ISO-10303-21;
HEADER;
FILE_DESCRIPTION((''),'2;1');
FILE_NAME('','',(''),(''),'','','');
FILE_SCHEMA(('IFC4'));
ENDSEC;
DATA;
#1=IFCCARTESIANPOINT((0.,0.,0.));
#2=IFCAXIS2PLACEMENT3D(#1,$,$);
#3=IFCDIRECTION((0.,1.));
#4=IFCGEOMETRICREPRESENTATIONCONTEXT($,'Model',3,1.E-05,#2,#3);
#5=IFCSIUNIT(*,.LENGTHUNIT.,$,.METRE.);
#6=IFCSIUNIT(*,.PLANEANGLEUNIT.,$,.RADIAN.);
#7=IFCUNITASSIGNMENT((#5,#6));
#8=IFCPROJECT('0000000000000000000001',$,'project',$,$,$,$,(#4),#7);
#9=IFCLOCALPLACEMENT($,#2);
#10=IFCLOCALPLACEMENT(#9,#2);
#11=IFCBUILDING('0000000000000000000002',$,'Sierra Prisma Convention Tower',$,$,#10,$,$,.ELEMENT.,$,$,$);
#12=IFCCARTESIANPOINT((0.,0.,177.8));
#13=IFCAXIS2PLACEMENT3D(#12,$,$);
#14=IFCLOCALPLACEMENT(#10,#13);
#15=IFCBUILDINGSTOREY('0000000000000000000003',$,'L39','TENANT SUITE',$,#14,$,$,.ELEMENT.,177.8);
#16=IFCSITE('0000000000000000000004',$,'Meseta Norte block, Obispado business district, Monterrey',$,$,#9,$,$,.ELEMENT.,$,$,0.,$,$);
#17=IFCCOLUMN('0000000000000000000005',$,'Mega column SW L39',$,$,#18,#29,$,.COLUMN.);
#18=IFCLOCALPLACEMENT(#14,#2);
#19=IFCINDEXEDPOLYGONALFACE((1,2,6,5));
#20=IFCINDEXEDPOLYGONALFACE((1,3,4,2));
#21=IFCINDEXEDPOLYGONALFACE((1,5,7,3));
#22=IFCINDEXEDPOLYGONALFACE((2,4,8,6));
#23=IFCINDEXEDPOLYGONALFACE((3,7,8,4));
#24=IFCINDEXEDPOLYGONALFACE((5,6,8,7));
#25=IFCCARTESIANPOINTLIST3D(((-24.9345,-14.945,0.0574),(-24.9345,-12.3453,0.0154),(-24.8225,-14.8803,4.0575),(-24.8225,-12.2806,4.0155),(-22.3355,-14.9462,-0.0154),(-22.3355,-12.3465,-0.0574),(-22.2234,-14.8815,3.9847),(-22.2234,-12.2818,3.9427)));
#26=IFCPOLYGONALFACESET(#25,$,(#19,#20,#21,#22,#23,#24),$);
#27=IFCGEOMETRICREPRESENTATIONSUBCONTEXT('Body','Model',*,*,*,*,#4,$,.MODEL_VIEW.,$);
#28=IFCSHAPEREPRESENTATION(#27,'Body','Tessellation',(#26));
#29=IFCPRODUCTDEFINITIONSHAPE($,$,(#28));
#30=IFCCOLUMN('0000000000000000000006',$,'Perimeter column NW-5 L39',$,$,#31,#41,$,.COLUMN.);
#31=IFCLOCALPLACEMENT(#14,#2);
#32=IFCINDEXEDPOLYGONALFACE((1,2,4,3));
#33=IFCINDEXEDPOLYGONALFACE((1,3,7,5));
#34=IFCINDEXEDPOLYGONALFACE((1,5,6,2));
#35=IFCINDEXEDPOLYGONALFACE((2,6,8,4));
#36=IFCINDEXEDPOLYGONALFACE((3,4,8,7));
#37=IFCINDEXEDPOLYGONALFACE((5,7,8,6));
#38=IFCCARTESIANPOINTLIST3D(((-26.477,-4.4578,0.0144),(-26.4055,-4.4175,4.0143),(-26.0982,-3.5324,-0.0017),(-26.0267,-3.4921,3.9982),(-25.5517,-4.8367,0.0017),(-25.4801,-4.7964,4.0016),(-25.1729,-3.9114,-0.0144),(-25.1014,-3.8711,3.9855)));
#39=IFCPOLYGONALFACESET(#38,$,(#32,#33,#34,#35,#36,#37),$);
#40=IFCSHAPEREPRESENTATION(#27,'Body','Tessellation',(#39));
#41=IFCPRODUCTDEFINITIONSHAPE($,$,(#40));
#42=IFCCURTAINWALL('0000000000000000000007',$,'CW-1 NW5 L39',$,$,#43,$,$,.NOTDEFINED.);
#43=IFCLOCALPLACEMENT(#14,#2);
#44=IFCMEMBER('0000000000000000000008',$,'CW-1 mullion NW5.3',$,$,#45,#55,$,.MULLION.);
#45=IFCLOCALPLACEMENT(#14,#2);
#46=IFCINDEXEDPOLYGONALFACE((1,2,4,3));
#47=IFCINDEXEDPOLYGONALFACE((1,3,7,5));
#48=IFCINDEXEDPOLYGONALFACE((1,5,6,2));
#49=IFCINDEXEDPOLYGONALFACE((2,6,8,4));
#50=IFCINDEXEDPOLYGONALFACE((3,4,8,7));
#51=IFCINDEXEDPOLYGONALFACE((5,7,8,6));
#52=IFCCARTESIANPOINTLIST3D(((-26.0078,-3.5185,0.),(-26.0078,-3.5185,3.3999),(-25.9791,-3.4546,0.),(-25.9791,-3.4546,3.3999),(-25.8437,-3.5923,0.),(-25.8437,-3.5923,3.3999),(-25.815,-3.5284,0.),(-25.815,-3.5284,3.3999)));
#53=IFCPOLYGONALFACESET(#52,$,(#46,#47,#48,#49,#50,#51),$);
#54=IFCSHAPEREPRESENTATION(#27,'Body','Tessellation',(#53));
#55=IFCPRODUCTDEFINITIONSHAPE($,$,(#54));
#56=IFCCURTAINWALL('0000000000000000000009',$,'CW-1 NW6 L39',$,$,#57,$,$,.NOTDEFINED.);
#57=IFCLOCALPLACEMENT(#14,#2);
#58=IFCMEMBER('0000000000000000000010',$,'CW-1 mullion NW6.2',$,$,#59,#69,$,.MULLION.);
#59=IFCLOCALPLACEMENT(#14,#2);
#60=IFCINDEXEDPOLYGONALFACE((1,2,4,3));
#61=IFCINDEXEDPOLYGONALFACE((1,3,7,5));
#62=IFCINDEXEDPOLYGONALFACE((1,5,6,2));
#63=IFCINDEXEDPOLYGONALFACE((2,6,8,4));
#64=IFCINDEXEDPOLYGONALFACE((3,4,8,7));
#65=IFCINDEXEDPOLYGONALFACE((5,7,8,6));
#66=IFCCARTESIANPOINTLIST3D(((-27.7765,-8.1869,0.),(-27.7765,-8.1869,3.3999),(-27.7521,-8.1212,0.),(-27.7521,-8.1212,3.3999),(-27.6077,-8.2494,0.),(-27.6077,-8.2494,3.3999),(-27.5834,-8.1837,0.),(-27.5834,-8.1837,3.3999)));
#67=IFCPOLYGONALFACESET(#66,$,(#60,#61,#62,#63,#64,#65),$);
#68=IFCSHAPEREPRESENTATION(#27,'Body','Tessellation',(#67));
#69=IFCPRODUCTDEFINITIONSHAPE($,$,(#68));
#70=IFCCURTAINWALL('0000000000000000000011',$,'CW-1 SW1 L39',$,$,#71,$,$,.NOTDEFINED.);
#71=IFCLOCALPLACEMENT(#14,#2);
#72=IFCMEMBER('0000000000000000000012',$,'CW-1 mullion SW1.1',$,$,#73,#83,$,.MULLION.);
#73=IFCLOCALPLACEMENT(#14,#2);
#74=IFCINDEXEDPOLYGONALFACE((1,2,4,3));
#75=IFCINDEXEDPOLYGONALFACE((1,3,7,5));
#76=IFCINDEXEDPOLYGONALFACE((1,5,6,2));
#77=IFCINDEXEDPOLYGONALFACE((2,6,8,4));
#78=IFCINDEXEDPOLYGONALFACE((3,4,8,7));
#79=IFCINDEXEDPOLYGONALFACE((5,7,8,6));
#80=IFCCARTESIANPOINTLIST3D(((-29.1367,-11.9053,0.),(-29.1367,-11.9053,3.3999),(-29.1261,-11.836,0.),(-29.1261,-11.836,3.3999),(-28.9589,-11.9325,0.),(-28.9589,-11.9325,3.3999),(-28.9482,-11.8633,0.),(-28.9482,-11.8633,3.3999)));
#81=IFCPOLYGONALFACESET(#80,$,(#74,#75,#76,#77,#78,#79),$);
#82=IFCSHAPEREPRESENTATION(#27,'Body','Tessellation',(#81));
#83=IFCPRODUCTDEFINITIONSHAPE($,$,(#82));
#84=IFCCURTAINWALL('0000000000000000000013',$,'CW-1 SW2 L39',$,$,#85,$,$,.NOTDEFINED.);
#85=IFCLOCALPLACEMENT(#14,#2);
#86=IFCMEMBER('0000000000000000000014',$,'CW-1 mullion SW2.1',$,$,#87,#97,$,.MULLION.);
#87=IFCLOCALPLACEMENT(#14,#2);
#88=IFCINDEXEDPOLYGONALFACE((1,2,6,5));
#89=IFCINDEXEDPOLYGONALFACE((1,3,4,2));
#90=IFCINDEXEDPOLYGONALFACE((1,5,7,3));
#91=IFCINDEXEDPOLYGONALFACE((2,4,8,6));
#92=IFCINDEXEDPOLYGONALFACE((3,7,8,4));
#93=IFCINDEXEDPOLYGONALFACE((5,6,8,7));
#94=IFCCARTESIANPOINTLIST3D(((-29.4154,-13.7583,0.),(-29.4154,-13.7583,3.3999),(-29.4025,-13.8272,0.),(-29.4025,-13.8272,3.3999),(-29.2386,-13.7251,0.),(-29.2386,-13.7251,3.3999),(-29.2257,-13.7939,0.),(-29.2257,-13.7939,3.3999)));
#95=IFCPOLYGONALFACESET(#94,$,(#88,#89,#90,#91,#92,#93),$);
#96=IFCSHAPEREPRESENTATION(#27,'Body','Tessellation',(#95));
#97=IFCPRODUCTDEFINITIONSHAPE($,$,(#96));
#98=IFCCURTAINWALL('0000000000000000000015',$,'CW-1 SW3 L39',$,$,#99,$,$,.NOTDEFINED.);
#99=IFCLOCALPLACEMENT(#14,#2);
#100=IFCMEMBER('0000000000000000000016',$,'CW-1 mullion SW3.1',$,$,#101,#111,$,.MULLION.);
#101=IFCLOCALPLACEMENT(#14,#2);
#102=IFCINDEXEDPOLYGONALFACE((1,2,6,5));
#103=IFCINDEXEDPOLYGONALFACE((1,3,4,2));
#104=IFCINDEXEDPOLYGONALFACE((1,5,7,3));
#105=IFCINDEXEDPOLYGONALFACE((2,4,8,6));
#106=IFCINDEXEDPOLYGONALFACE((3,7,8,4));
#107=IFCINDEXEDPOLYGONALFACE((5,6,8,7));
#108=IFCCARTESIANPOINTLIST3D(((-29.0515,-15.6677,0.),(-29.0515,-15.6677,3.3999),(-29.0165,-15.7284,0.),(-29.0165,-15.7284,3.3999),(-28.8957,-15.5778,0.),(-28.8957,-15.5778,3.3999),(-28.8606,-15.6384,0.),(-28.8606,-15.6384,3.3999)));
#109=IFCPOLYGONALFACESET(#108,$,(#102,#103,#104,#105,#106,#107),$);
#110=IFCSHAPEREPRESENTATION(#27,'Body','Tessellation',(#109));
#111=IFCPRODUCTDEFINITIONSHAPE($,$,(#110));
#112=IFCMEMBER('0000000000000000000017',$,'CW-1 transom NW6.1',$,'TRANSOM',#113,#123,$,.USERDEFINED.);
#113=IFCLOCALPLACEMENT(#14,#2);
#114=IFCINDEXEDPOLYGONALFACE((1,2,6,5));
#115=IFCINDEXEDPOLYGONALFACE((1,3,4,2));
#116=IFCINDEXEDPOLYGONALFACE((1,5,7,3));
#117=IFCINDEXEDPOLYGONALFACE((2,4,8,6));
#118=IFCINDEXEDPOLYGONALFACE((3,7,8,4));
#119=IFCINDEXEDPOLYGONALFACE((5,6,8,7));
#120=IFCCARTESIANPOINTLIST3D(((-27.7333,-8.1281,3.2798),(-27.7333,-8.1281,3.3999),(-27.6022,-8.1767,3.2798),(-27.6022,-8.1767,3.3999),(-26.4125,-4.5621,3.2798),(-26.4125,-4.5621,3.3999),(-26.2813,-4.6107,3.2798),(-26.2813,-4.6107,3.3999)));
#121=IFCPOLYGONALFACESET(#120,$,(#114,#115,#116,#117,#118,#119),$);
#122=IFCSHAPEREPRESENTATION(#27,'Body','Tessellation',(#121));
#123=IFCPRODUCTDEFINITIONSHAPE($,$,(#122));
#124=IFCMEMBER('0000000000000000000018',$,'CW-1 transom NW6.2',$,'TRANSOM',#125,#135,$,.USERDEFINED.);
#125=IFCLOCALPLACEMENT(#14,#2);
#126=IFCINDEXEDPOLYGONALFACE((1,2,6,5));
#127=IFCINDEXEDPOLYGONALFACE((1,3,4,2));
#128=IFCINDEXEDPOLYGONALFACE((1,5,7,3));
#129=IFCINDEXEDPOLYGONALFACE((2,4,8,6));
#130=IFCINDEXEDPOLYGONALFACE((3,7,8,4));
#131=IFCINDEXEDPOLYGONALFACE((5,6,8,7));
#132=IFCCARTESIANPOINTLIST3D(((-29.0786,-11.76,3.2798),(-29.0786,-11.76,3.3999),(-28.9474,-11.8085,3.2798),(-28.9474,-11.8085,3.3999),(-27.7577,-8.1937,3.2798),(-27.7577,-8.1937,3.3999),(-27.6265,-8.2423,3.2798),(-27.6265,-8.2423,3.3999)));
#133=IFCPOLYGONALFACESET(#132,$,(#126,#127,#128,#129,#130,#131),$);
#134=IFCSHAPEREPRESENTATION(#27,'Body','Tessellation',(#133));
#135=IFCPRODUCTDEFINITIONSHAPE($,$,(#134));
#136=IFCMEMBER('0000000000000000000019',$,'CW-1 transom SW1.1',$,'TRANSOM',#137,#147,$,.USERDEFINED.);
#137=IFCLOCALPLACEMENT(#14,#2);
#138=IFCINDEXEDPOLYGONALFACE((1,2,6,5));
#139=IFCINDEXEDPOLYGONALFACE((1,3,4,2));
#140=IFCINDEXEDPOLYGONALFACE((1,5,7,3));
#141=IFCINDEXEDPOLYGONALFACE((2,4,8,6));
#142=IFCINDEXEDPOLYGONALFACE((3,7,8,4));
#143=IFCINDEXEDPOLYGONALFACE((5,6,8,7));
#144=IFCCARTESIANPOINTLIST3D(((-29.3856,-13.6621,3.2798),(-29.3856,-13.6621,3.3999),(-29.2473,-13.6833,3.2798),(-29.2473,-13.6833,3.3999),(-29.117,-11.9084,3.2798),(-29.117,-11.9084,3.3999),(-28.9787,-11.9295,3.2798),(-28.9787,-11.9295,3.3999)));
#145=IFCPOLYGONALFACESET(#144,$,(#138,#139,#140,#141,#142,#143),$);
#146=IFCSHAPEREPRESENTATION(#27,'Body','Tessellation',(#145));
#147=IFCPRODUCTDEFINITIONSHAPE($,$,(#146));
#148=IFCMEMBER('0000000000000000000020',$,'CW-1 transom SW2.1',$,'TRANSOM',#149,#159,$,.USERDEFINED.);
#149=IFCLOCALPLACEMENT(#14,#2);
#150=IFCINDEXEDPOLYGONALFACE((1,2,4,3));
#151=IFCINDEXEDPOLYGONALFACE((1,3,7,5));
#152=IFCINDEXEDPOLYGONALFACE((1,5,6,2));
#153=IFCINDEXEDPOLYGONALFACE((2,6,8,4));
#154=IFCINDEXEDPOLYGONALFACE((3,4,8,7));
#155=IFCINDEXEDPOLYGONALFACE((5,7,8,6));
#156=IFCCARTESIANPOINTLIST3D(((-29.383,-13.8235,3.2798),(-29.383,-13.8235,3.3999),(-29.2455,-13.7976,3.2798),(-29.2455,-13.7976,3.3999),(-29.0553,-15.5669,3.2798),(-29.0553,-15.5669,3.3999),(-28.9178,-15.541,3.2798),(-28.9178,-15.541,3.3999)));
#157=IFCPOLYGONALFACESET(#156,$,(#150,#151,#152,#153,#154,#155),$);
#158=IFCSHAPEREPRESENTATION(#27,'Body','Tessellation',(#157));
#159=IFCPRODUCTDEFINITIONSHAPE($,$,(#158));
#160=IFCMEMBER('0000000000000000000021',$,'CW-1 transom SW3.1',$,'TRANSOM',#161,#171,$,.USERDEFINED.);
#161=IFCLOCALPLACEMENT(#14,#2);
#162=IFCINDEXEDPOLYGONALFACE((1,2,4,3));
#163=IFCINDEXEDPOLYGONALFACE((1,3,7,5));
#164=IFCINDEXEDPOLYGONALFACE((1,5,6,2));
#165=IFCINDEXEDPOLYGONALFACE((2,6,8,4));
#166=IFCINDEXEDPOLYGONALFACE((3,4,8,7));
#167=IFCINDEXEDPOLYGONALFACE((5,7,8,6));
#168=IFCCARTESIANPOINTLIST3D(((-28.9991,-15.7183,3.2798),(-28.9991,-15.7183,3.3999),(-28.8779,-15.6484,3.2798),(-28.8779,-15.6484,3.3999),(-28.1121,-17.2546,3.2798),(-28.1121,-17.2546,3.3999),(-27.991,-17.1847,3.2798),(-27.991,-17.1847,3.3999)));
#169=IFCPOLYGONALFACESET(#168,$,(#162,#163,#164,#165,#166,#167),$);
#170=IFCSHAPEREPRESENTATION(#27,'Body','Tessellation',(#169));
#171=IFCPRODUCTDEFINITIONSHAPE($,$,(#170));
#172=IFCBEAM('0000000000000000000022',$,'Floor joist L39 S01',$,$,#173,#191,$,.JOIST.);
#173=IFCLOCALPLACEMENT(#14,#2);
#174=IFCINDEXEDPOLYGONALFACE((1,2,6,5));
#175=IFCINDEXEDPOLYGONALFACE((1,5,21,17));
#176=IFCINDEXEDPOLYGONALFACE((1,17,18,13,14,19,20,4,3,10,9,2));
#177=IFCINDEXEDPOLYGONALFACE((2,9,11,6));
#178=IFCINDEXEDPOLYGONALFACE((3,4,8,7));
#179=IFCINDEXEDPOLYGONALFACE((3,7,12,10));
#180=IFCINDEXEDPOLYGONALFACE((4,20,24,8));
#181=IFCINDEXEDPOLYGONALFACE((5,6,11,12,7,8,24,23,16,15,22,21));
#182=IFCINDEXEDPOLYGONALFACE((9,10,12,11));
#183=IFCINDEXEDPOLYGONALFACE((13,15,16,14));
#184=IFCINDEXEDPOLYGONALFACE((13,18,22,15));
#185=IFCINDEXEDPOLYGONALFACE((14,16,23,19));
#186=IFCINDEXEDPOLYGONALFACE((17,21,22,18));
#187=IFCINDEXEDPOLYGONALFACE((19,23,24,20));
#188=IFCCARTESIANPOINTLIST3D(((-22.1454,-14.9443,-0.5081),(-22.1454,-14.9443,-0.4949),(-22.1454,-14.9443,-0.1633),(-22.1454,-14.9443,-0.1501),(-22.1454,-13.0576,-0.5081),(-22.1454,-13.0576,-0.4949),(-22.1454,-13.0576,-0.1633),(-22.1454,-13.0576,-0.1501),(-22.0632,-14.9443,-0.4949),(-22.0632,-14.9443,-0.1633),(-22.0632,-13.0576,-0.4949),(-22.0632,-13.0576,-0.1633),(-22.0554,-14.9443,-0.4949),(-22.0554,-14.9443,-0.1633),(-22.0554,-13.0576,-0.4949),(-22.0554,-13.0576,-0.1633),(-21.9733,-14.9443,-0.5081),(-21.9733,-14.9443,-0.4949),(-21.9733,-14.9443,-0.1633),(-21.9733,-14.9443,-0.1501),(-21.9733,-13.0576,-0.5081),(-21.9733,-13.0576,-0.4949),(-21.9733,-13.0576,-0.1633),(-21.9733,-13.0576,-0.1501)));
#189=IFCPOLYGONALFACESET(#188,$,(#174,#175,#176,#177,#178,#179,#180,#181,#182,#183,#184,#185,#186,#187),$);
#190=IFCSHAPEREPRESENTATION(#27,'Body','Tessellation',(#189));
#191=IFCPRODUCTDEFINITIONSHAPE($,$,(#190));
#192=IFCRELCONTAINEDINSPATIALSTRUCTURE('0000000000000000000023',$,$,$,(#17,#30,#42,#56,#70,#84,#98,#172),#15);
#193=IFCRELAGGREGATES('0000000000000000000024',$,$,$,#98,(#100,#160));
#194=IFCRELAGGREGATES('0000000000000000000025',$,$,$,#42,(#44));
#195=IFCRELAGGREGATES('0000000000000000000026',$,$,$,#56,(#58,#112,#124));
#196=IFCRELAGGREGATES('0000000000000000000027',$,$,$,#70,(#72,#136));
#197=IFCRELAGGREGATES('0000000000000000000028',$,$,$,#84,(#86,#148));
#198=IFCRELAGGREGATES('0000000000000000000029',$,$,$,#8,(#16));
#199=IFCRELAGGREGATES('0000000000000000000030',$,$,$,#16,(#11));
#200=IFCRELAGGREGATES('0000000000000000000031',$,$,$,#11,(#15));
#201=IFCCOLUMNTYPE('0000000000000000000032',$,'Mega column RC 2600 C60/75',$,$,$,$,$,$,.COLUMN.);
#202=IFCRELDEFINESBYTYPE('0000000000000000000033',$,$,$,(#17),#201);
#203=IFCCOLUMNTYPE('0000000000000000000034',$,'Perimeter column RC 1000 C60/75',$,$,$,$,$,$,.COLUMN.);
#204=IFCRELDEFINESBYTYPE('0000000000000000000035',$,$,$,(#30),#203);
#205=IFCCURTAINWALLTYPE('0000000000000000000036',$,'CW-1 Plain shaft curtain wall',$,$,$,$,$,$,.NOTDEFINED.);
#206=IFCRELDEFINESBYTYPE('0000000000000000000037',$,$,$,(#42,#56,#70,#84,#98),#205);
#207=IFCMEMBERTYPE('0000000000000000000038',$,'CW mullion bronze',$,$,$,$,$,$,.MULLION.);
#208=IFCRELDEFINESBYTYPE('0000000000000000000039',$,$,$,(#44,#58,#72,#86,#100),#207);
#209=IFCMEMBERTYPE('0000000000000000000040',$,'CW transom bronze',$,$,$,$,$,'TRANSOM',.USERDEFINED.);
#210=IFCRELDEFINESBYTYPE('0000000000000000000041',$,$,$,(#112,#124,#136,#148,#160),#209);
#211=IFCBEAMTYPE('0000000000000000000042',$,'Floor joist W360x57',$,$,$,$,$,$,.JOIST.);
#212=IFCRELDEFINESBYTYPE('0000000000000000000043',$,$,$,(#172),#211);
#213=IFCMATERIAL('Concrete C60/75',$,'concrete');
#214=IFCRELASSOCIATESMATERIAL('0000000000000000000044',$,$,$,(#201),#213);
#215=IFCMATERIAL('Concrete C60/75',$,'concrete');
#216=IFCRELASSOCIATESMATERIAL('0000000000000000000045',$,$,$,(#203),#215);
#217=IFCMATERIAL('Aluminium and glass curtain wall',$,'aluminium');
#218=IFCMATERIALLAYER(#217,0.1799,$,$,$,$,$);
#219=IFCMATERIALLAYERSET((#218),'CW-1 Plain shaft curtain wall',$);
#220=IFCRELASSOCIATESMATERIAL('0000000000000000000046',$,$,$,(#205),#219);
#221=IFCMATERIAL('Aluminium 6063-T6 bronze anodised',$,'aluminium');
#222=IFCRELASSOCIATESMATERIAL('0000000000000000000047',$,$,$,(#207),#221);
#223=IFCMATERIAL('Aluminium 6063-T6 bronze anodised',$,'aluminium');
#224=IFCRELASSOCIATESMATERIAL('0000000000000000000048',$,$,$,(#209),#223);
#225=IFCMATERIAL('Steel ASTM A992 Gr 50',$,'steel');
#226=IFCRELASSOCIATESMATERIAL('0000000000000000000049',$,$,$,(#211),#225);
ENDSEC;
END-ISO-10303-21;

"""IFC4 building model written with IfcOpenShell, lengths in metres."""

from ifc_helpers import new_model, si_unit, direction, frame, origin, origin_2d, place, context, subcontext, project, spatial, rectangle, i_section, extrude, material, layer, layer_set, material_profile, profile_set, type_object, element, aggregate, save


model = new_model("IFC4")

# Units and contexts
model_context = context("Model", 3, precision=1e-05, world=origin(), true_north=direction((0.0, 1.0)))
body_context = subcontext(model_context, "Body", "Model", "MODEL_VIEW")
ifc_project = project(units=[si_unit("LENGTHUNIT", "METRE"), si_unit("PLANEANGLEUNIT", "RADIAN")], contexts=[model_context])

# Site, building, storey
site_placement = place(None, origin())
site = spatial("IfcSite", under=ifc_project, at=site_placement, Name="Meseta Norte block, Obispado business district, Monterrey", CompositionType="ELEMENT", RefElevation=0.0)
building_placement = place(site_placement, origin())
building = spatial("IfcBuilding", under=site, at=building_placement, Name="Sierra Prisma Convention Tower", CompositionType="ELEMENT")
storey_placement = place(building_placement, frame((0.0, 0.0, 177.8)))
storey = spatial("IfcBuildingStorey", under=building, at=storey_placement, Name="L39", Description="TENANT SUITE", CompositionType="ELEMENT", Elevation=177.8)

# Columns
ifc_material_1 = material(Name="Concrete C60/75", Category="concrete")
ifc_material_profile_1 = material_profile(ifc_material_1, rectangle(XDim=2.6001, YDim=2.6001, at=origin_2d()), Name="Mega column RC 2600 C60/75")
ifc_profile_set_1 = profile_set([ifc_material_profile_1], Name="Concrete C60/75")
column_type_1 = type_object("IfcColumnType", Name="Mega column RC 2600 C60/75", PredefinedType="COLUMN", material=ifc_profile_set_1)
column_1_placement = place(storey_placement, frame((-23.635, -13.6458, 0.0), z_axis=(0.028, 0.016166, 0.999477), x_axis=(0.999608, -0.000453, -0.027997)))
element("IfcColumn", 1, at=column_1_placement, inside=storey, type_object=column_type_1, Name="Mega column SW L39", PredefinedType="COLUMN", context=body_context, shape_type="SweptSolid", body=[
    extrude(rectangle(XDim=2.6001, YDim=2.6001, at=origin_2d()), origin(), (0.0, 0.0, 1.0), 4.0022),
])
ifc_material_2 = material(Name="Concrete C60/75", Category="concrete")
ifc_material_profile_2 = material_profile(ifc_material_2, rectangle(XDim=1.0, YDim=1.0, at=origin_2d()), Name="Perimeter column RC 1000 C60/75")
ifc_profile_set_2 = profile_set([ifc_material_profile_2], Name="Concrete C60/75")
column_type_2 = type_object("IfcColumnType", Name="Perimeter column RC 1000 C60/75", PredefinedType="COLUMN", material=ifc_profile_set_2)
column_2_placement = place(storey_placement, frame((-25.825, -4.1846, 0.0), z_axis=(0.01788, 0.010069, 0.999789), x_axis=(0.37875, 0.925359, -0.016092)))
element("IfcColumn", 2, at=column_2_placement, inside=storey, type_object=column_type_2, Name="Perimeter column NW-5 L39", PredefinedType="COLUMN", context=body_context, shape_type="SweptSolid", body=[
    extrude(rectangle(XDim=1.0, YDim=1.0, at=origin_2d()), origin(), (0.0, 0.0, 1.0), 4.0007),
])

# Curtain walls, members
ifc_material_3 = material(Name="Aluminium and glass curtain wall", Category="aluminium")
ifc_layer_1 = layer(ifc_material_3, 0.1799)
ifc_layer_set_1 = layer_set([ifc_layer_1], Name="CW-1 Plain shaft curtain wall")
curtain_wall_type = type_object("IfcCurtainWallType", Name="CW-1 Plain shaft curtain wall", PredefinedType="NOTDEFINED", material=ifc_layer_set_1)
curtain_wall_1_placement = place(storey_placement, origin())
curtain_wall_1 = element("IfcCurtainWall", 3, at=curtain_wall_1_placement, inside=storey, type_object=curtain_wall_type, Name="CW-1 NW5 L39", PredefinedType="NOTDEFINED")
ifc_material_4 = material(Name="Aluminium 6063-T6 bronze anodised", Category="aluminium")
ifc_material_profile_3 = material_profile(ifc_material_4, rectangle(XDim=0.1799, YDim=0.0701, at=origin_2d()), Name="ALU MULLION 70x180")
ifc_profile_set_3 = profile_set([ifc_material_profile_3], Name="Aluminium 6063-T6 bronze anodised")
member_type_1 = type_object("IfcMemberType", Name="CW mullion bronze", PredefinedType="MULLION", material=ifc_profile_set_3)
member_1_placement = place(storey_placement, frame((-25.9114, -3.5234, 0.0), z_axis=(0.0, 0.0, 1.0), x_axis=(0.912156, -0.409843, 0.0)))
member_1 = element("IfcMember", 4, at=member_1_placement, type_object=member_type_1, Name="CW-1 mullion NW5.3", PredefinedType="MULLION", context=body_context, shape_type="SweptSolid", body=[
    extrude(rectangle(XDim=0.1799, YDim=0.0701, at=origin_2d()), origin(), (0.0, 0.0, 1.0), 3.3999),
])
curtain_wall_2_placement = place(storey_placement, origin())
curtain_wall_2 = element("IfcCurtainWall", 5, at=curtain_wall_2_placement, inside=storey, type_object=curtain_wall_type, Name="CW-1 NW6 L39", PredefinedType="NOTDEFINED")
member_2_placement = place(storey_placement, frame((-27.6799, -8.1853, 0.0), z_axis=(0.0, 0.0, 1.0), x_axis=(0.937738, -0.347344, 0.0)))
member_2 = element("IfcMember", 6, at=member_2_placement, type_object=member_type_1, Name="CW-1 mullion NW6.2", PredefinedType="MULLION", context=body_context, shape_type="SweptSolid", body=[
    extrude(rectangle(XDim=0.1799, YDim=0.0701, at=origin_2d()), origin(), (0.0, 0.0, 1.0), 3.3999),
])
curtain_wall_3_placement = place(storey_placement, origin())
curtain_wall_3 = element("IfcCurtainWall", 7, at=curtain_wall_3_placement, inside=storey, type_object=curtain_wall_type, Name="CW-1 SW1 L39", PredefinedType="NOTDEFINED")
member_3_placement = place(storey_placement, frame((-29.0425, -11.8843, 0.0), z_axis=(0.0, 0.0, 1.0), x_axis=(0.988462, -0.151467, 0.0)))
member_3 = element("IfcMember", 8, at=member_3_placement, type_object=member_type_1, Name="CW-1 mullion SW1.1", PredefinedType="MULLION", context=body_context, shape_type="SweptSolid", body=[
    extrude(rectangle(XDim=0.1799, YDim=0.0701, at=origin_2d()), origin(), (0.0, 0.0, 1.0), 3.3999),
])
curtain_wall_4_placement = place(storey_placement, origin())
curtain_wall_4 = element("IfcCurtainWall", 9, at=curtain_wall_4_placement, inside=storey, type_object=curtain_wall_type, Name="CW-1 SW2 L39", PredefinedType="NOTDEFINED")
member_4_placement = place(storey_placement, frame((-29.3206, -13.7761, 0.0), z_axis=(0.0, 0.0, 1.0), x_axis=(0.982794, 0.184707, 0.0)))
member_4 = element("IfcMember", 10, at=member_4_placement, type_object=member_type_1, Name="CW-1 mullion SW2.1", PredefinedType="MULLION", context=body_context, shape_type="SweptSolid", body=[
    extrude(rectangle(XDim=0.1799, YDim=0.0701, at=origin_2d()), origin(), (0.0, 0.0, 1.0), 3.3999),
])
curtain_wall_5_placement = place(storey_placement, origin())
curtain_wall_5 = element("IfcCurtainWall", 11, at=curtain_wall_5_placement, inside=storey, type_object=curtain_wall_type, Name="CW-1 SW3 L39", PredefinedType="NOTDEFINED")
member_5_placement = place(storey_placement, frame((-28.9561, -15.6531, 0.0), z_axis=(0.0, 0.0, 1.0), x_axis=(0.866025, 0.5, 0.0)))
member_5 = element("IfcMember", 12, at=member_5_placement, type_object=member_type_1, Name="CW-1 mullion SW3.1", PredefinedType="MULLION", context=body_context, shape_type="SweptSolid", body=[
    extrude(rectangle(XDim=0.1799, YDim=0.0701, at=origin_2d()), origin(), (0.0, 0.0, 1.0), 3.3999),
])

# Members
ifc_material_5 = material(Name="Aluminium 6063-T6 bronze anodised", Category="aluminium")
ifc_material_profile_4 = material_profile(ifc_material_5, rectangle(XDim=0.1399, YDim=0.1201, at=origin_2d()), Name="ALU TRANSOM 120x140")
ifc_profile_set_4 = profile_set([ifc_material_profile_4], Name="Aluminium 6063-T6 bronze anodised")
member_type_2 = type_object("IfcMemberType", Name="CW transom bronze", ElementType="TRANSOM", PredefinedType="USERDEFINED", material=ifc_profile_set_4)
member_6_placement = place(storey_placement, frame((-26.3469, -4.5864, 3.3398), z_axis=(-0.347335, -0.937741, 0.0), x_axis=(0.937741, -0.347335, 0.0)))
member_6 = element("IfcMember", 13, at=member_6_placement, type_object=member_type_2, Name="CW-1 transom NW6.1", ObjectType="TRANSOM", PredefinedType="USERDEFINED", context=body_context, shape_type="SweptSolid", body=[
    extrude(rectangle(XDim=0.1399, YDim=0.1201, at=origin_2d()), origin(), (0.0, 0.0, 1.0), 3.8027),
])
member_7_placement = place(storey_placement, frame((-27.6921, -8.218, 3.3398), z_axis=(-0.347314, -0.937749, 0.0), x_axis=(0.937749, -0.347314, 0.0)))
member_7 = element("IfcMember", 14, at=member_7_placement, type_object=member_type_2, Name="CW-1 transom NW6.2", ObjectType="TRANSOM", PredefinedType="USERDEFINED", context=body_context, shape_type="SweptSolid", body=[
    extrude(rectangle(XDim=0.1399, YDim=0.1201, at=origin_2d()), origin(), (0.0, 0.0, 1.0), 3.803),
])
member_8_placement = place(storey_placement, frame((-29.0479, -11.9189, 3.3398), z_axis=(-0.151375, -0.988476, 0.0), x_axis=(0.988476, -0.151375, 0.0)))
member_8 = element("IfcMember", 15, at=member_8_placement, type_object=member_type_2, Name="CW-1 transom SW1.1", ObjectType="TRANSOM", PredefinedType="USERDEFINED", context=body_context, shape_type="SweptSolid", body=[
    extrude(rectangle(XDim=0.1399, YDim=0.1201, at=origin_2d()), origin(), (0.0, 0.0, 1.0), 1.7742),
])
member_9_placement = place(storey_placement, frame((-29.3142, -13.8105, 3.3398), z_axis=(0.184696, -0.982796, 0.0), x_axis=(0.982796, 0.184696, 0.0)))
member_9 = element("IfcMember", 16, at=member_9_placement, type_object=member_type_2, Name="CW-1 transom SW2.1", ObjectType="TRANSOM", PredefinedType="USERDEFINED", context=body_context, shape_type="SweptSolid", body=[
    extrude(rectangle(XDim=0.1399, YDim=0.1201, at=origin_2d()), origin(), (0.0, 0.0, 1.0), 1.7739),
])
member_10_placement = place(storey_placement, frame((-28.9385, -15.6833, 3.3398), z_axis=(0.499973, -0.866041, 0.0), x_axis=(0.866041, 0.499973, 0.0)))
member_10 = element("IfcMember", 17, at=member_10_placement, type_object=member_type_2, Name="CW-1 transom SW3.1", ObjectType="TRANSOM", PredefinedType="USERDEFINED", context=body_context, shape_type="SweptSolid", body=[
    extrude(rectangle(XDim=0.1399, YDim=0.1201, at=origin_2d()), origin(), (0.0, 0.0, 1.0), 1.7739),
])
aggregate(curtain_wall_5, [member_5, member_10])

# Beam
ifc_material_6 = material(Name="Steel ASTM A992 Gr 50", Category="steel")
ifc_material_profile_5 = material_profile(ifc_material_6, i_section(OverallWidth=0.1721, OverallDepth=0.3579, WebThickness=0.0078, FlangeThickness=0.0132, at=origin_2d()), Name="W360x57")
ifc_profile_set_5 = profile_set([ifc_material_profile_5], Name="Steel ASTM A992 Gr 50")
beam_type_1 = type_object("IfcBeamType", Name="Floor joist W360x57", PredefinedType="JOIST", material=ifc_profile_set_5)
beam_1_placement = place(storey_placement, frame((-22.0593, -14.9443, -0.3291), z_axis=(0.0, 1.0, 0.0), x_axis=(-1.0, 0.0, 0.0)))
element("IfcBeam", 18, at=beam_1_placement, inside=storey, type_object=beam_type_1, Name="Floor joist L39 S01", PredefinedType="JOIST", context=body_context, shape_type="SweptSolid", body=[
    extrude(i_section(OverallWidth=0.1721, OverallDepth=0.3579, WebThickness=0.0078, FlangeThickness=0.0132, at=origin_2d()), origin(), (0.0, 0.0, 1.0), 1.8867),
])

aggregate(curtain_wall_1, [member_1])
aggregate(curtain_wall_2, [member_2, member_6, member_7])
aggregate(curtain_wall_3, [member_3, member_8])
aggregate(curtain_wall_4, [member_4, member_9])

save(model, "model.ifc")
